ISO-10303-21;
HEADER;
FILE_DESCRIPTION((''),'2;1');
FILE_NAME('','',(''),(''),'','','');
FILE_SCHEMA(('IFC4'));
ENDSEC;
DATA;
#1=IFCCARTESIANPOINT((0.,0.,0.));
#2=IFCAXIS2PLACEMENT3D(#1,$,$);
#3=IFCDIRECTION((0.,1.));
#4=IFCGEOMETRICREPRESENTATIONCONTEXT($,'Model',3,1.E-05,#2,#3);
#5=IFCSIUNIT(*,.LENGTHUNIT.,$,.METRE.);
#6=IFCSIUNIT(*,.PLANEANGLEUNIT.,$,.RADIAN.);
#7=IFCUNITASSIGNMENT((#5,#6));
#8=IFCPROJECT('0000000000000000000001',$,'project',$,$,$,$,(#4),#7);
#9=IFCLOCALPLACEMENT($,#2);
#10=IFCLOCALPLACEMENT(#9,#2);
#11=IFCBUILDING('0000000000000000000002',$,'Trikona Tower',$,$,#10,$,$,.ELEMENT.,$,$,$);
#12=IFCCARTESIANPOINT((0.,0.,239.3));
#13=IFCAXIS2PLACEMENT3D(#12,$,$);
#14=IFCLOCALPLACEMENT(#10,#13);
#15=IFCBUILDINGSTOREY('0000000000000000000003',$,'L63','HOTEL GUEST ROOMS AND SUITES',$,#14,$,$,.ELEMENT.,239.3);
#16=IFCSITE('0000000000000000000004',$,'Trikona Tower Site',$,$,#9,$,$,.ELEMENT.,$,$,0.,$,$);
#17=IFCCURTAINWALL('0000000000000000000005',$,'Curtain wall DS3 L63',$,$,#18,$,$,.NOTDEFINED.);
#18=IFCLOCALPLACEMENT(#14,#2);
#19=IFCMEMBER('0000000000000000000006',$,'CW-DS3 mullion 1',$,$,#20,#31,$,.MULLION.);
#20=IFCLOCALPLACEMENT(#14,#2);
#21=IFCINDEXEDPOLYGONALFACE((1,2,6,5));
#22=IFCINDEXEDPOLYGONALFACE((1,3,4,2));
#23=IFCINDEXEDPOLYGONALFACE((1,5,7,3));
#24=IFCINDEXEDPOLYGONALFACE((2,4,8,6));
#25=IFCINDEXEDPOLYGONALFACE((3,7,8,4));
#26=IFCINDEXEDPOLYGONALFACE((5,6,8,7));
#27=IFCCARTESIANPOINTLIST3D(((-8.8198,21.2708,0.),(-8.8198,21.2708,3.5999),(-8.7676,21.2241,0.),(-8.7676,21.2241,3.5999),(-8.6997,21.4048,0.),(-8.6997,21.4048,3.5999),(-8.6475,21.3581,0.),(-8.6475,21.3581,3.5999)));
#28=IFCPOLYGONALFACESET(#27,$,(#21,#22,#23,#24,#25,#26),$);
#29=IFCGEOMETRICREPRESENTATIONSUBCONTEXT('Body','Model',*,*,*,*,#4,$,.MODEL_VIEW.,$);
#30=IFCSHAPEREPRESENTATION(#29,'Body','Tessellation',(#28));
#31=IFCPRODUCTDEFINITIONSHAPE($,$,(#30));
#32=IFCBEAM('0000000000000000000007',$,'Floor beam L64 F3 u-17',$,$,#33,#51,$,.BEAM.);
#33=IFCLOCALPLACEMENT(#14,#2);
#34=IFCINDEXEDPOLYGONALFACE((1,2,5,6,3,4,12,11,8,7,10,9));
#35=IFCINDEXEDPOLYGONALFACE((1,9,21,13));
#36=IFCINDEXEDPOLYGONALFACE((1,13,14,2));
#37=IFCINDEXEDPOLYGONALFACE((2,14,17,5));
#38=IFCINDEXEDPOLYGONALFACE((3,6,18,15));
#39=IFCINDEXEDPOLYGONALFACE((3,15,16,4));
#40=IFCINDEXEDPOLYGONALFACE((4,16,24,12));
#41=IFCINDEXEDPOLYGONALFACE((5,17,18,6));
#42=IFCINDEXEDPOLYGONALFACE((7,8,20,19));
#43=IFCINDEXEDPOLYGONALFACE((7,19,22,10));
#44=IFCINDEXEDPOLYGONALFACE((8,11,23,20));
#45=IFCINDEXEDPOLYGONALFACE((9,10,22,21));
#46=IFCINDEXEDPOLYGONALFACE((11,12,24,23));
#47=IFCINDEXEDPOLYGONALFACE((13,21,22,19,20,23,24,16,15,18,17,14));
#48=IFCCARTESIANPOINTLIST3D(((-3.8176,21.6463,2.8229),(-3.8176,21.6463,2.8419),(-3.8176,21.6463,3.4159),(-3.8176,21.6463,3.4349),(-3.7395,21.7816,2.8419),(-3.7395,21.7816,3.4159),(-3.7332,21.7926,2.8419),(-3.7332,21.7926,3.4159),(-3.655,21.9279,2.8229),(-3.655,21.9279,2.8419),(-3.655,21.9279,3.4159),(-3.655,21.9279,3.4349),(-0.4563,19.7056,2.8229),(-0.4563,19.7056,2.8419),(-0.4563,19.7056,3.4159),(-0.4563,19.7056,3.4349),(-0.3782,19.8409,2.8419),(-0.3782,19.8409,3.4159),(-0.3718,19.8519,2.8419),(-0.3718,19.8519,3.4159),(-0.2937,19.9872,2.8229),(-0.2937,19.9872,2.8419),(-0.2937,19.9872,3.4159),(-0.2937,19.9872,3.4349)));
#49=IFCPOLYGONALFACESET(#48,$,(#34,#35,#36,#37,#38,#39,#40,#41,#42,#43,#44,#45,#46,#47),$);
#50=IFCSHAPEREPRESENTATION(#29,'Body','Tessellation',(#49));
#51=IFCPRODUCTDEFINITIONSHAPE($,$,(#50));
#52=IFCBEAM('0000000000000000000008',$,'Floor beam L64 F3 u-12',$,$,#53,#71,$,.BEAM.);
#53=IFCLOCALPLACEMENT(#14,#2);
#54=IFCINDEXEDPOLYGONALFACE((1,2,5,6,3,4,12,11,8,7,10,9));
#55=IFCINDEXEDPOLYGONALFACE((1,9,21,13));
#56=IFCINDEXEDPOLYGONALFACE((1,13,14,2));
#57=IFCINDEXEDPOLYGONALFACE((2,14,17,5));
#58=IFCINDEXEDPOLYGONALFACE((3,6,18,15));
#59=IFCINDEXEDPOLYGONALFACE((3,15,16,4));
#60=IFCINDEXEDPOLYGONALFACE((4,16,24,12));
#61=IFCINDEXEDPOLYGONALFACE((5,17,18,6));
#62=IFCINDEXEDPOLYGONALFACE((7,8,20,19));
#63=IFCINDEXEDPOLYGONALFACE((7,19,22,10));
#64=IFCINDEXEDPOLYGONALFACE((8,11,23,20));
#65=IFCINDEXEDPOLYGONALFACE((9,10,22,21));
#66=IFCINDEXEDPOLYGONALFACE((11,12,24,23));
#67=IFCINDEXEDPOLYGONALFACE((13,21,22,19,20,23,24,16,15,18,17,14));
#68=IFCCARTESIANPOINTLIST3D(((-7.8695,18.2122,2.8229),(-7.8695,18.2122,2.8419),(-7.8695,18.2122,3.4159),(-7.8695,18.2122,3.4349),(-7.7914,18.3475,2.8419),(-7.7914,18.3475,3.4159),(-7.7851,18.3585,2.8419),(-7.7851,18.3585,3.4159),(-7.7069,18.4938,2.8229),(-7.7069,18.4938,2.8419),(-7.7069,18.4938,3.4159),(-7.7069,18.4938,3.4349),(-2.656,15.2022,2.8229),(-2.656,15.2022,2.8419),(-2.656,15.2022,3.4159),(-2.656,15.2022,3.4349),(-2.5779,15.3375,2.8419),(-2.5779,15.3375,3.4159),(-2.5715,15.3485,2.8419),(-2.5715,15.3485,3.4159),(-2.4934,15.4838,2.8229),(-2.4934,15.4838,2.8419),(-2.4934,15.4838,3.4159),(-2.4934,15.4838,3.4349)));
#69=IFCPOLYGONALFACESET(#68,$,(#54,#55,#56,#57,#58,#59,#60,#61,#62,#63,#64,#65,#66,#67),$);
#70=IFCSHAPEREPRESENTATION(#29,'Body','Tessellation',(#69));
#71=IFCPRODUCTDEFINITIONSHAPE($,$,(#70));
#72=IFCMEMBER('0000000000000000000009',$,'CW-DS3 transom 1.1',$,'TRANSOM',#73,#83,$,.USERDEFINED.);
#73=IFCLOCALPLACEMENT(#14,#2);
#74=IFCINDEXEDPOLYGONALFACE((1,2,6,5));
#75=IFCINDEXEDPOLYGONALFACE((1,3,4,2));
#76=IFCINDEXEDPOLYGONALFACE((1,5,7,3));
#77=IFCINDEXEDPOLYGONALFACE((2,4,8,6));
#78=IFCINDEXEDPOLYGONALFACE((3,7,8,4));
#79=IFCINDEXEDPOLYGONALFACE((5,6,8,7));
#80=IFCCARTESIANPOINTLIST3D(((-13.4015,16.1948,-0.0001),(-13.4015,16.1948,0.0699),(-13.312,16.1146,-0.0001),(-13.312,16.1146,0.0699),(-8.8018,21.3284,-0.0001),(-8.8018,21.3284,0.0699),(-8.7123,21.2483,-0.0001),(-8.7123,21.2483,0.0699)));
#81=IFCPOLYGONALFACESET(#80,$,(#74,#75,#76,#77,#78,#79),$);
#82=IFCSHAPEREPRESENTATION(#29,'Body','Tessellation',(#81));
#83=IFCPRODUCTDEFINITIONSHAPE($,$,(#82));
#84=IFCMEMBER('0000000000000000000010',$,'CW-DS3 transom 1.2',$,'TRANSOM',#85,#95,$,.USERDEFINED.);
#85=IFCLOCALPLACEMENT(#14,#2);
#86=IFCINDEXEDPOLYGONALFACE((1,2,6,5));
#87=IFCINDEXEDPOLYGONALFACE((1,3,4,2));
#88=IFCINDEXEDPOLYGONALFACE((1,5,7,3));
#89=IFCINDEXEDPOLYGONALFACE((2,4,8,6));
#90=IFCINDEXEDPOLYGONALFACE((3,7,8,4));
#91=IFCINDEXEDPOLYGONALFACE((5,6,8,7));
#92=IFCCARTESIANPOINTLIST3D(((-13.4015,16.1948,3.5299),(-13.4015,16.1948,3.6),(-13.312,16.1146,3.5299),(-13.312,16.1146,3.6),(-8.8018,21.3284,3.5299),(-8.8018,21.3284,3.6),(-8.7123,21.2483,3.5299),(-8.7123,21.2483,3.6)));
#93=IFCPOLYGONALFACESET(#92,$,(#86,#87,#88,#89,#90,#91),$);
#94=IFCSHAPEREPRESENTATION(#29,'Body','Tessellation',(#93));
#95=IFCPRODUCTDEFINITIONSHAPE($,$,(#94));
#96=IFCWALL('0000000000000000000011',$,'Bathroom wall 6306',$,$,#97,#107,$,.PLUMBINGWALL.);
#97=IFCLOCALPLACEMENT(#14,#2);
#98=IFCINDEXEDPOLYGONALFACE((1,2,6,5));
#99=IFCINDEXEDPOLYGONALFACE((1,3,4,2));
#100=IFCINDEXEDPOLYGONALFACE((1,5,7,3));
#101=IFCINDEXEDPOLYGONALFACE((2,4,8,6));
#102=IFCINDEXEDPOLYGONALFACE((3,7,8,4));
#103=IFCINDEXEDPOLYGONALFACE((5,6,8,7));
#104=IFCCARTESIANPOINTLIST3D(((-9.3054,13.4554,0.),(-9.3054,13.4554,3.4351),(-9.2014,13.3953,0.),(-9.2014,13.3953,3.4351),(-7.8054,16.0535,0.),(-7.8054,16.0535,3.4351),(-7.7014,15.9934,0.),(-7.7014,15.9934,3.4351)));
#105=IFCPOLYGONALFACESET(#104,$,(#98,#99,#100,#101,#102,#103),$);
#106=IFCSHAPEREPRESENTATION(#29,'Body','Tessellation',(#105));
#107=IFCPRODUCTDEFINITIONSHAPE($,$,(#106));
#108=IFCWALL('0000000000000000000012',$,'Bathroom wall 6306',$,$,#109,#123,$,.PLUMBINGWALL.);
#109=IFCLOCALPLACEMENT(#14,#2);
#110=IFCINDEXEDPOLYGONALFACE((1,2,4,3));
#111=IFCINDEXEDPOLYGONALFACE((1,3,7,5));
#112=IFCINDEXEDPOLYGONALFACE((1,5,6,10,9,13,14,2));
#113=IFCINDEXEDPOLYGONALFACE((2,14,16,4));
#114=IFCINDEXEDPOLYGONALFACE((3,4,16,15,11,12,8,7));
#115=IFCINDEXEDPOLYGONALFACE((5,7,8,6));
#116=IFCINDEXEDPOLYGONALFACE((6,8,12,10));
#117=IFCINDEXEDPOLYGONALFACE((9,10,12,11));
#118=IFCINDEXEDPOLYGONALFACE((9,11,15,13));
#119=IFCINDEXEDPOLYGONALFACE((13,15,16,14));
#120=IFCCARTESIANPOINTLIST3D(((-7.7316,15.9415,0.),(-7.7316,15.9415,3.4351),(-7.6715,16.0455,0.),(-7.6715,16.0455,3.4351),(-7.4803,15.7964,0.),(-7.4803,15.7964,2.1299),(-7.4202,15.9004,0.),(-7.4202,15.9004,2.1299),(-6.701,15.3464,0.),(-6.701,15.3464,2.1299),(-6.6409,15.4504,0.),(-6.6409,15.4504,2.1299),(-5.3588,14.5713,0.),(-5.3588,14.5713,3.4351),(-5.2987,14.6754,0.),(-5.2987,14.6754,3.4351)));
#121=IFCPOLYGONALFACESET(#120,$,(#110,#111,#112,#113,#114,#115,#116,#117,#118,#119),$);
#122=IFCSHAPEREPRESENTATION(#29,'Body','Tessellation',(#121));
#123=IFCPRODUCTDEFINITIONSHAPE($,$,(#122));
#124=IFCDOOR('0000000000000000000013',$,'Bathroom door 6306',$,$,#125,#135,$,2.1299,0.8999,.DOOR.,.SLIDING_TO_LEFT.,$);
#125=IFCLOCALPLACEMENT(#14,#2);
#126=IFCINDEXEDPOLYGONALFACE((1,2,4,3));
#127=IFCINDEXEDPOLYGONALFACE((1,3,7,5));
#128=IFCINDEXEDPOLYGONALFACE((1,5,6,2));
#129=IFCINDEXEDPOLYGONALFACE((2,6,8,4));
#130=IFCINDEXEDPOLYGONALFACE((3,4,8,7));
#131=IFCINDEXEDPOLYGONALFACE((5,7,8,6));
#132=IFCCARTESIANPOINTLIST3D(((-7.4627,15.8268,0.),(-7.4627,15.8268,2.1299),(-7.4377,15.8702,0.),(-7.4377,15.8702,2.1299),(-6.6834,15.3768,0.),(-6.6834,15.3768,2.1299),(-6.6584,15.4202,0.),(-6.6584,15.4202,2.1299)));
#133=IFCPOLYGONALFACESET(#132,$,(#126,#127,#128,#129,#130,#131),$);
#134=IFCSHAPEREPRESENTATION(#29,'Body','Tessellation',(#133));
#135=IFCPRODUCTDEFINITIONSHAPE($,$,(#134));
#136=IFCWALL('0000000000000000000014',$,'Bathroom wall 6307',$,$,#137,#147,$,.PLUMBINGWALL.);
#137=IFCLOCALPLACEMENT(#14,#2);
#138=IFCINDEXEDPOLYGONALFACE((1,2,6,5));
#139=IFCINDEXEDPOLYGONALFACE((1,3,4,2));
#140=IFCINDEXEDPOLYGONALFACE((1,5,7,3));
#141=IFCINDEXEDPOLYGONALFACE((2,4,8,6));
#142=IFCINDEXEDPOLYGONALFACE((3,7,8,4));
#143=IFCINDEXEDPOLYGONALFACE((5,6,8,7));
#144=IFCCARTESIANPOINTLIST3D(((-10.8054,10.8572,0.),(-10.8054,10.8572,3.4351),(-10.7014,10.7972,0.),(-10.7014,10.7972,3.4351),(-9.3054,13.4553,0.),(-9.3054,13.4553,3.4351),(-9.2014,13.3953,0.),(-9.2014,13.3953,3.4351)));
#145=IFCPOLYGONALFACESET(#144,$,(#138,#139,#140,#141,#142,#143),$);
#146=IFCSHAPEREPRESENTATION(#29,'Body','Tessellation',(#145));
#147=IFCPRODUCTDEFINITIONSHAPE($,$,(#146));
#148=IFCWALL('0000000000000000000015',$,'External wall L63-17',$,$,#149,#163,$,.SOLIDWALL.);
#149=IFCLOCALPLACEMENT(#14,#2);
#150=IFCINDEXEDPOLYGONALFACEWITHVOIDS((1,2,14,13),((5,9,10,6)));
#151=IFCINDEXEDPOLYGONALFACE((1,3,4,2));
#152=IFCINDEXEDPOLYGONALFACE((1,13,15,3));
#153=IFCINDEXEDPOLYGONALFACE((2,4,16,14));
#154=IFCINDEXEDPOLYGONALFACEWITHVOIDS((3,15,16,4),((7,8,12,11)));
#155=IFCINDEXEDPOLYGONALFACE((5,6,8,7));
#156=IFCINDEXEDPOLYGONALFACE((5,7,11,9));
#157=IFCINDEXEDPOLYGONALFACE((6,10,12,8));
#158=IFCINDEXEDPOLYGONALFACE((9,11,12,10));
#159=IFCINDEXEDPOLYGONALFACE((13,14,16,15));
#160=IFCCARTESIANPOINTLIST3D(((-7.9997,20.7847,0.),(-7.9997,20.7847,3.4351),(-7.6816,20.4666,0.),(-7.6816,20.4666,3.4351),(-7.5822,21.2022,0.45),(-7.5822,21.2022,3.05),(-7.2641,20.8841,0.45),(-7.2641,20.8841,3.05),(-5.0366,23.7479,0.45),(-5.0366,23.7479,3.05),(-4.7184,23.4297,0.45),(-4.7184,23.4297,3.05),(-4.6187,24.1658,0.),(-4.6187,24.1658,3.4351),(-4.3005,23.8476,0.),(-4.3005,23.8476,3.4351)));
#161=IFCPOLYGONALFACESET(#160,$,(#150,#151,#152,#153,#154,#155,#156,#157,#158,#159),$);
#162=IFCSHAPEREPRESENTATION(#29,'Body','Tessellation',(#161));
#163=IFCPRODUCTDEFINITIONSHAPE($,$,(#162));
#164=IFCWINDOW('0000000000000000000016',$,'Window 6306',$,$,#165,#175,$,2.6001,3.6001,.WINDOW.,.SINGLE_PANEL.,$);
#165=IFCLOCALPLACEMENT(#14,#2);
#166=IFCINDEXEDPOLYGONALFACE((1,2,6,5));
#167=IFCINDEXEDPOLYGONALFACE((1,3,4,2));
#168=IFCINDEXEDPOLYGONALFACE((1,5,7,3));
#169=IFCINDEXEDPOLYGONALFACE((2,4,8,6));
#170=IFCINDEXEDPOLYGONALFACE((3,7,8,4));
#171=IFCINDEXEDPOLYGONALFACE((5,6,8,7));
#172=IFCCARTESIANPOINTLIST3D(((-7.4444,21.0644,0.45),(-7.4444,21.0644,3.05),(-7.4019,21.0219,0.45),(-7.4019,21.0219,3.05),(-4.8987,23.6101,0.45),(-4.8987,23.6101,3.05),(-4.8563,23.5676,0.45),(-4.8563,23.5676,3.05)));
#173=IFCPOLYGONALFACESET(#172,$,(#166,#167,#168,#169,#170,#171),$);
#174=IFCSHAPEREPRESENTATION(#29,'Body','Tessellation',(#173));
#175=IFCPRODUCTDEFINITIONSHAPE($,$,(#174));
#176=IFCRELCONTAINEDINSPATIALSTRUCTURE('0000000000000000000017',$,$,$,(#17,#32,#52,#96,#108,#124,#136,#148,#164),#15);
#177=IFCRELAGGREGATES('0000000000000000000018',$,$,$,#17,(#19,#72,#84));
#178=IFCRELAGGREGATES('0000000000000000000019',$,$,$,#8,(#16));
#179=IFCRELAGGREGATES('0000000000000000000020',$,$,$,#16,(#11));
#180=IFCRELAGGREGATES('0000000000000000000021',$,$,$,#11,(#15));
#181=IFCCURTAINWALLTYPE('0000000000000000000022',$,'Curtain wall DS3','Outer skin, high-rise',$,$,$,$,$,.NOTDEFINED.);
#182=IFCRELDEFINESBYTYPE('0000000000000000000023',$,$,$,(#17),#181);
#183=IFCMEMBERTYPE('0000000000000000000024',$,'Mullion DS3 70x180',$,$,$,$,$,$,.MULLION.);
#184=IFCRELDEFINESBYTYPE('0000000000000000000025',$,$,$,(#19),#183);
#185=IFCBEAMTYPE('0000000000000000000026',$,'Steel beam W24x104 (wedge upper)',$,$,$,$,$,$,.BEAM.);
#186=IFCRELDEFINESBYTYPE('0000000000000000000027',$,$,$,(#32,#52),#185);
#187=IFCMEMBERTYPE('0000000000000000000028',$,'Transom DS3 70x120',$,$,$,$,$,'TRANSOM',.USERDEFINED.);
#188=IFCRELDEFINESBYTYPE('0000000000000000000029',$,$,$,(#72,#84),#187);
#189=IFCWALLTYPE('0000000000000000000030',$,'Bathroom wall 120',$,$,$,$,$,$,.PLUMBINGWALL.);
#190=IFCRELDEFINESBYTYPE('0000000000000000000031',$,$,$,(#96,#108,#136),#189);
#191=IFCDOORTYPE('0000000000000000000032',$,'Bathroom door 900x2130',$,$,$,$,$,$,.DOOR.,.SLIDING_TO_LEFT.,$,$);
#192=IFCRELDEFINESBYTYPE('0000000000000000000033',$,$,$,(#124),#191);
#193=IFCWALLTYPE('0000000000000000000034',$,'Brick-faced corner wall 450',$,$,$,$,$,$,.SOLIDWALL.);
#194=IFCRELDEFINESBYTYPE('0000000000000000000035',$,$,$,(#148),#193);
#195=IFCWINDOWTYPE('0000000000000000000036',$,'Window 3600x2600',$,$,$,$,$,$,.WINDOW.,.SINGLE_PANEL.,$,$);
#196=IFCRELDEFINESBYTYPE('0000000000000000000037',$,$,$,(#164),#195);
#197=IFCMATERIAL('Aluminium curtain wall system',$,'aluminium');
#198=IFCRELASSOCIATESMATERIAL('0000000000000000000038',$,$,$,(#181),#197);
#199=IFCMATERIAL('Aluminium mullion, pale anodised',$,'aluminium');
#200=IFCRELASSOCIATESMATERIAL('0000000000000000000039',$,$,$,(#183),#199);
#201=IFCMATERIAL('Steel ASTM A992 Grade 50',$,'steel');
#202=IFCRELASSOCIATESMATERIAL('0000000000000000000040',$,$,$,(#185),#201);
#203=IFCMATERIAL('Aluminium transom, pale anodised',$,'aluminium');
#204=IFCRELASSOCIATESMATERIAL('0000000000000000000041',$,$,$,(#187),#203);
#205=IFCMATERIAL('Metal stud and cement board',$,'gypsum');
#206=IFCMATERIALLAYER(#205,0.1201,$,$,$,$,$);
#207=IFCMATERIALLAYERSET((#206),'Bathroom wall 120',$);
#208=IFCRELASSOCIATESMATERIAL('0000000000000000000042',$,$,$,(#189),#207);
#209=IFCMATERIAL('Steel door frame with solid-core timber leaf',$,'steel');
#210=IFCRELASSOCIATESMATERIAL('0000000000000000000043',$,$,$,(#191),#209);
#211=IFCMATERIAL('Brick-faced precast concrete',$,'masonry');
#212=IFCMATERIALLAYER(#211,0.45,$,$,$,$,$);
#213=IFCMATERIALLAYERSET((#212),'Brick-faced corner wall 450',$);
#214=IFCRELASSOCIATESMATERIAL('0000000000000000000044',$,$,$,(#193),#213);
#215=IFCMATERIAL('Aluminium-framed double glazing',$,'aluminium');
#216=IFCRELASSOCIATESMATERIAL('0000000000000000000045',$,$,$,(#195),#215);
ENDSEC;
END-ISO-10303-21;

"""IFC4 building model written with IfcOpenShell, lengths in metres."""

from ifc_helpers import new_model, si_unit, direction, frame, frame_2d, origin, origin_2d, place, context, subcontext, project, spatial, rectangle, i_section, extrude, material, layer, layer_set, material_profile, profile_set, type_object, element, fill, aggregate, save


model = new_model("IFC4")

# Units and contexts
model_context = context("Model", 3, precision=1e-05, world=origin(), true_north=direction((0.0, 1.0)))
body_context = subcontext(model_context, "Body", "Model", "MODEL_VIEW")
ifc_project = project(units=[si_unit("LENGTHUNIT", "METRE"), si_unit("PLANEANGLEUNIT", "RADIAN")], contexts=[model_context])

# Site, building, storey
site_placement = place(None, origin())
site = spatial("IfcSite", under=ifc_project, at=site_placement, Name="Trikona Tower Site", CompositionType="ELEMENT", RefElevation=0.0)
building_placement = place(site_placement, origin())
building = spatial("IfcBuilding", under=site, at=building_placement, Name="Trikona Tower", CompositionType="ELEMENT")
storey_placement = place(building_placement, frame((0.0, 0.0, 239.3)))
storey = spatial("IfcBuildingStorey", under=building, at=storey_placement, Name="L63", Description="HOTEL GUEST ROOMS AND SUITES", CompositionType="ELEMENT", Elevation=239.3)

# Curtain wall, member
ifc_material_1 = material(Name="Aluminium curtain wall system", Category="aluminium")
curtain_wall_type = type_object("IfcCurtainWallType", Name="Curtain wall DS3", Description="Outer skin, high-rise", PredefinedType="NOTDEFINED", material=ifc_material_1)
curtain_wall_placement = place(storey_placement, origin())
curtain_wall = element("IfcCurtainWall", 1, at=curtain_wall_placement, inside=storey, type_object=curtain_wall_type, Name="Curtain wall DS3 L63", PredefinedType="NOTDEFINED")
ifc_material_2 = material(Name="Aluminium mullion, pale anodised", Category="aluminium")
ifc_material_profile_1 = material_profile(ifc_material_2, rectangle(XDim=0.0701, YDim=0.1799, at=origin_2d()), Name="MUL-DS3")
ifc_profile_set_1 = profile_set([ifc_material_profile_1], Name="Aluminium mullion, pale anodised")
member_type_1 = type_object("IfcMemberType", Name="Mullion DS3 70x180", PredefinedType="MULLION", material=ifc_profile_set_1)
member_1_placement = place(storey_placement, frame((-8.7336, 21.3145, 0.0), z_axis=(0.0, 0.0, 1.0), x_axis=(0.744771, -0.66732, 0.0)))
member_1 = element("IfcMember", 2, at=member_1_placement, type_object=member_type_1, Name="CW-DS3 mullion 1", PredefinedType="MULLION", context=body_context, shape_type="SweptSolid", body=[
    extrude(rectangle(XDim=0.0701, YDim=0.1799, at=origin_2d()), origin(), (0.0, 0.0, 1.0), 3.5999),
])

# Beams
ifc_material_3 = material(Name="Steel ASTM A992 Grade 50", Category="steel")
ifc_material_profile_2 = material_profile(ifc_material_3, i_section(OverallWidth=0.3252, OverallDepth=0.6121, WebThickness=0.0127, FlangeThickness=0.019, at=origin_2d()), Name="W24X104")
ifc_profile_set_2 = profile_set([ifc_material_profile_2], Name="Steel ASTM A992 Grade 50")
beam_type = type_object("IfcBeamType", Name="Steel beam W24x104 (wedge upper)", PredefinedType="BEAM", material=ifc_profile_set_2)
beam_1_placement = place(storey_placement, frame((-0.375, 19.8464, 3.1289), z_axis=(-0.866024, 0.500002, 0.0), x_axis=(-0.500002, -0.866024, 0.0)))
element("IfcBeam", 3, at=beam_1_placement, inside=storey, type_object=beam_type, Name="Floor beam L64 F3 u-17", PredefinedType="BEAM", context=body_context, shape_type="SweptSolid", body=[
    extrude(i_section(OverallWidth=0.3252, OverallDepth=0.6121, WebThickness=0.0127, FlangeThickness=0.019, at=origin_2d()), origin(), (0.0, 0.0, 1.0), 3.8813),
])
beam_2_placement = place(storey_placement, frame((-2.5747, 15.343, 3.1289), z_axis=(-0.866031, 0.49999, 0.0), x_axis=(-0.49999, -0.866031, 0.0)))
element("IfcBeam", 4, at=beam_2_placement, inside=storey, type_object=beam_type, Name="Floor beam L64 F3 u-12", PredefinedType="BEAM", context=body_context, shape_type="SweptSolid", body=[
    extrude(i_section(OverallWidth=0.3252, OverallDepth=0.6121, WebThickness=0.0127, FlangeThickness=0.019, at=origin_2d()), origin(), (0.0, 0.0, 1.0), 6.02),
])

# Members
ifc_material_4 = material(Name="Aluminium transom, pale anodised", Category="aluminium")
ifc_material_profile_3 = material_profile(ifc_material_4, rectangle(XDim=0.1201, YDim=0.0701, at=origin_2d()), Name="TRN-DS3")
ifc_profile_set_3 = profile_set([ifc_material_profile_3], Name="Aluminium transom, pale anodised")
member_type_2 = type_object("IfcMemberType", Name="Transom DS3 70x120", ElementType="TRANSOM", PredefinedType="USERDEFINED", material=ifc_profile_set_3)
member_2_placement = place(storey_placement, frame((-8.7571, 21.2883, 0.0349), z_axis=(-0.667313, -0.744777, 0.0), x_axis=(0.744777, -0.667313, 0.0)))
member_2 = element("IfcMember", 5, at=member_2_placement, type_object=member_type_2, Name="CW-DS3 transom 1.1", ObjectType="TRANSOM", PredefinedType="USERDEFINED", context=body_context, shape_type="SweptSolid", body=[
    extrude(rectangle(XDim=0.1201, YDim=0.0701, at=origin_2d()), origin(), (0.0, 0.0, 1.0), 6.8928),
])
member_3_placement = place(storey_placement, frame((-8.7571, 21.2883, 3.5649), z_axis=(-0.667313, -0.744777, 0.0), x_axis=(0.744777, -0.667313, 0.0)))
member_3 = element("IfcMember", 6, at=member_3_placement, type_object=member_type_2, Name="CW-DS3 transom 1.2", ObjectType="TRANSOM", PredefinedType="USERDEFINED", context=body_context, shape_type="SweptSolid", body=[
    extrude(rectangle(XDim=0.1201, YDim=0.0701, at=origin_2d()), origin(), (0.0, 0.0, 1.0), 6.8928),
])
aggregate(curtain_wall, [member_1, member_2, member_3])

# Wall
ifc_material_5 = material(Name="Metal stud and cement board", Category="gypsum")
ifc_layer_1 = layer(ifc_material_5, 0.1201)
ifc_layer_set_1 = layer_set([ifc_layer_1], Name="Bathroom wall 120")
wall_type_1 = type_object("IfcWallType", Name="Bathroom wall 120", PredefinedType="PLUMBINGWALL", material=ifc_layer_set_1)
wall_1_placement = place(storey_placement, frame((-7.7534, 16.0234, 0.0), z_axis=(0.0, 0.0, 1.0), x_axis=(-0.49999, -0.866031, 0.0)))
element("IfcWall", 7, at=wall_1_placement, inside=storey, type_object=wall_type_1, Name="Bathroom wall 6306", PredefinedType="PLUMBINGWALL", context=body_context, shape_type="SweptSolid", body=[
    extrude(rectangle(XDim=3.0, YDim=0.1201, at=frame_2d((1.5, 0.0))), origin(), (0.0, 0.0, 1.0), 3.4351),
])

# Wall, opening, door
wall_2_placement = place(storey_placement, frame((-5.3286, 14.6233, 0.0), z_axis=(0.0, 0.0, 1.0), x_axis=(-0.865997, 0.500049, 0.0)))
wall_2 = element("IfcWall", 8, at=wall_2_placement, inside=storey, type_object=wall_type_1, Name="Bathroom wall 6306", PredefinedType="PLUMBINGWALL", context=body_context, shape_type="SweptSolid", body=[
    extrude(rectangle(XDim=2.74, YDim=0.1201, at=frame_2d((1.3701, 0.0))), origin(), (0.0, 0.0, 1.0), 3.4351),
])
opening_1_placement = place(wall_2_placement, frame((1.55, 0.0, 0.0)))
opening_1 = element("IfcOpeningElement", 9, at=opening_1_placement, cuts=wall_2, PredefinedType="OPENING", context=body_context, shape_type="SweptSolid", body=[
    extrude(rectangle(XDim=0.8999, YDim=2.1299, at=frame_2d((0.45, 1.0649))), frame((0.0, 0.0701, 0.0), z_axis=(0.0, -1.0, 0.0), x_axis=(1.0, 0.0, 0.0)), (0.0, 0.0, 1.0), 0.1401),
])
ifc_material_6 = material(Name="Steel door frame with solid-core timber leaf", Category="steel")
door_type_1 = type_object("IfcDoorType", Name="Bathroom door 900x2130", OperationType="SLIDING_TO_LEFT", PredefinedType="DOOR", material=ifc_material_6)
door_1_placement = place(opening_1_placement, origin())
door_1 = element("IfcDoor", 10, at=door_1_placement, inside=storey, type_object=door_type_1, Name="Bathroom door 6306", OperationType="SLIDING_TO_LEFT", OverallHeight=2.1299, OverallWidth=0.8999, PredefinedType="DOOR", context=body_context, shape_type="SweptSolid", body=[
    extrude(rectangle(XDim=0.8999, YDim=2.1299, at=frame_2d((0.45, 1.0649))), frame((0.0, 0.0249, 0.0), z_axis=(0.0, -1.0, 0.0), x_axis=(1.0, 0.0, 0.0)), (0.0, 0.0, 1.0), 0.05),
])
fill(opening_1, door_1)

# Wall
wall_3_placement = place(storey_placement, frame((-9.2534, 13.4253, 0.0), z_axis=(0.0, 0.0, 1.0), x_axis=(-0.49999, -0.866031, 0.0)))
element("IfcWall", 11, at=wall_3_placement, inside=storey, type_object=wall_type_1, Name="Bathroom wall 6307", PredefinedType="PLUMBINGWALL", context=body_context, shape_type="SweptSolid", body=[
    extrude(rectangle(XDim=3.0, YDim=0.1201, at=frame_2d((1.5, 0.0))), origin(), (0.0, 0.0, 1.0), 3.4351),
])

# Wall, opening, window
ifc_material_7 = material(Name="Brick-faced precast concrete", Category="masonry")
ifc_layer_2 = layer(ifc_material_7, 0.45)
ifc_layer_set_2 = layer_set([ifc_layer_2], Name="Brick-faced corner wall 450")
wall_type_2 = type_object("IfcWallType", Name="Brick-faced corner wall 450", PredefinedType="SOLIDWALL", material=ifc_layer_set_2)
wall_4_placement = place(storey_placement, frame((-4.4597, 24.0066, 0.0), z_axis=(0.0, 0.0, 1.0), x_axis=(-0.707107, -0.707107, 0.0)))
wall_4 = element("IfcWall", 12, at=wall_4_placement, inside=storey, type_object=wall_type_2, Name="External wall L63-17", PredefinedType="SOLIDWALL", context=body_context, shape_type="SweptSolid", body=[
    extrude(rectangle(XDim=4.7815, YDim=0.45, at=frame_2d((2.3906, 0.0))), origin(), (0.0, 0.0, 1.0), 3.4351),
])
opening_2_placement = place(wall_4_placement, frame((0.5908, 0.0, 0.45)))
opening_2 = element("IfcOpeningElement", 13, at=opening_2_placement, cuts=wall_4, PredefinedType="OPENING", context=body_context, shape_type="SweptSolid", body=[
    extrude(rectangle(XDim=3.6001, YDim=2.6001, at=frame_2d((1.8, 1.3))), frame((0.0, 0.2349, 0.0), z_axis=(0.0, -1.0, 0.0), x_axis=(1.0, 0.0, 0.0)), (0.0, 0.0, 1.0), 0.47),
])
ifc_material_8 = material(Name="Aluminium-framed double glazing", Category="aluminium")
window_type_1 = type_object("IfcWindowType", Name="Window 3600x2600", PartitioningType="SINGLE_PANEL", PredefinedType="WINDOW", material=ifc_material_8)
window_1_placement = place(opening_2_placement, origin())
window_1 = element("IfcWindow", 14, at=window_1_placement, inside=storey, type_object=window_type_1, Name="Window 6306", OverallHeight=2.6001, OverallWidth=3.6001, PartitioningType="SINGLE_PANEL", PredefinedType="WINDOW", context=body_context, shape_type="SweptSolid", body=[
    extrude(rectangle(XDim=3.6001, YDim=2.6001, at=frame_2d((1.8, 1.3))), frame((0.0, 0.03, 0.0), z_axis=(0.0, -1.0, 0.0), x_axis=(1.0, 0.0, 0.0)), (0.0, 0.0, 1.0), 0.0601),
])
fill(opening_2, window_1)

save(model, "model.ifc")
